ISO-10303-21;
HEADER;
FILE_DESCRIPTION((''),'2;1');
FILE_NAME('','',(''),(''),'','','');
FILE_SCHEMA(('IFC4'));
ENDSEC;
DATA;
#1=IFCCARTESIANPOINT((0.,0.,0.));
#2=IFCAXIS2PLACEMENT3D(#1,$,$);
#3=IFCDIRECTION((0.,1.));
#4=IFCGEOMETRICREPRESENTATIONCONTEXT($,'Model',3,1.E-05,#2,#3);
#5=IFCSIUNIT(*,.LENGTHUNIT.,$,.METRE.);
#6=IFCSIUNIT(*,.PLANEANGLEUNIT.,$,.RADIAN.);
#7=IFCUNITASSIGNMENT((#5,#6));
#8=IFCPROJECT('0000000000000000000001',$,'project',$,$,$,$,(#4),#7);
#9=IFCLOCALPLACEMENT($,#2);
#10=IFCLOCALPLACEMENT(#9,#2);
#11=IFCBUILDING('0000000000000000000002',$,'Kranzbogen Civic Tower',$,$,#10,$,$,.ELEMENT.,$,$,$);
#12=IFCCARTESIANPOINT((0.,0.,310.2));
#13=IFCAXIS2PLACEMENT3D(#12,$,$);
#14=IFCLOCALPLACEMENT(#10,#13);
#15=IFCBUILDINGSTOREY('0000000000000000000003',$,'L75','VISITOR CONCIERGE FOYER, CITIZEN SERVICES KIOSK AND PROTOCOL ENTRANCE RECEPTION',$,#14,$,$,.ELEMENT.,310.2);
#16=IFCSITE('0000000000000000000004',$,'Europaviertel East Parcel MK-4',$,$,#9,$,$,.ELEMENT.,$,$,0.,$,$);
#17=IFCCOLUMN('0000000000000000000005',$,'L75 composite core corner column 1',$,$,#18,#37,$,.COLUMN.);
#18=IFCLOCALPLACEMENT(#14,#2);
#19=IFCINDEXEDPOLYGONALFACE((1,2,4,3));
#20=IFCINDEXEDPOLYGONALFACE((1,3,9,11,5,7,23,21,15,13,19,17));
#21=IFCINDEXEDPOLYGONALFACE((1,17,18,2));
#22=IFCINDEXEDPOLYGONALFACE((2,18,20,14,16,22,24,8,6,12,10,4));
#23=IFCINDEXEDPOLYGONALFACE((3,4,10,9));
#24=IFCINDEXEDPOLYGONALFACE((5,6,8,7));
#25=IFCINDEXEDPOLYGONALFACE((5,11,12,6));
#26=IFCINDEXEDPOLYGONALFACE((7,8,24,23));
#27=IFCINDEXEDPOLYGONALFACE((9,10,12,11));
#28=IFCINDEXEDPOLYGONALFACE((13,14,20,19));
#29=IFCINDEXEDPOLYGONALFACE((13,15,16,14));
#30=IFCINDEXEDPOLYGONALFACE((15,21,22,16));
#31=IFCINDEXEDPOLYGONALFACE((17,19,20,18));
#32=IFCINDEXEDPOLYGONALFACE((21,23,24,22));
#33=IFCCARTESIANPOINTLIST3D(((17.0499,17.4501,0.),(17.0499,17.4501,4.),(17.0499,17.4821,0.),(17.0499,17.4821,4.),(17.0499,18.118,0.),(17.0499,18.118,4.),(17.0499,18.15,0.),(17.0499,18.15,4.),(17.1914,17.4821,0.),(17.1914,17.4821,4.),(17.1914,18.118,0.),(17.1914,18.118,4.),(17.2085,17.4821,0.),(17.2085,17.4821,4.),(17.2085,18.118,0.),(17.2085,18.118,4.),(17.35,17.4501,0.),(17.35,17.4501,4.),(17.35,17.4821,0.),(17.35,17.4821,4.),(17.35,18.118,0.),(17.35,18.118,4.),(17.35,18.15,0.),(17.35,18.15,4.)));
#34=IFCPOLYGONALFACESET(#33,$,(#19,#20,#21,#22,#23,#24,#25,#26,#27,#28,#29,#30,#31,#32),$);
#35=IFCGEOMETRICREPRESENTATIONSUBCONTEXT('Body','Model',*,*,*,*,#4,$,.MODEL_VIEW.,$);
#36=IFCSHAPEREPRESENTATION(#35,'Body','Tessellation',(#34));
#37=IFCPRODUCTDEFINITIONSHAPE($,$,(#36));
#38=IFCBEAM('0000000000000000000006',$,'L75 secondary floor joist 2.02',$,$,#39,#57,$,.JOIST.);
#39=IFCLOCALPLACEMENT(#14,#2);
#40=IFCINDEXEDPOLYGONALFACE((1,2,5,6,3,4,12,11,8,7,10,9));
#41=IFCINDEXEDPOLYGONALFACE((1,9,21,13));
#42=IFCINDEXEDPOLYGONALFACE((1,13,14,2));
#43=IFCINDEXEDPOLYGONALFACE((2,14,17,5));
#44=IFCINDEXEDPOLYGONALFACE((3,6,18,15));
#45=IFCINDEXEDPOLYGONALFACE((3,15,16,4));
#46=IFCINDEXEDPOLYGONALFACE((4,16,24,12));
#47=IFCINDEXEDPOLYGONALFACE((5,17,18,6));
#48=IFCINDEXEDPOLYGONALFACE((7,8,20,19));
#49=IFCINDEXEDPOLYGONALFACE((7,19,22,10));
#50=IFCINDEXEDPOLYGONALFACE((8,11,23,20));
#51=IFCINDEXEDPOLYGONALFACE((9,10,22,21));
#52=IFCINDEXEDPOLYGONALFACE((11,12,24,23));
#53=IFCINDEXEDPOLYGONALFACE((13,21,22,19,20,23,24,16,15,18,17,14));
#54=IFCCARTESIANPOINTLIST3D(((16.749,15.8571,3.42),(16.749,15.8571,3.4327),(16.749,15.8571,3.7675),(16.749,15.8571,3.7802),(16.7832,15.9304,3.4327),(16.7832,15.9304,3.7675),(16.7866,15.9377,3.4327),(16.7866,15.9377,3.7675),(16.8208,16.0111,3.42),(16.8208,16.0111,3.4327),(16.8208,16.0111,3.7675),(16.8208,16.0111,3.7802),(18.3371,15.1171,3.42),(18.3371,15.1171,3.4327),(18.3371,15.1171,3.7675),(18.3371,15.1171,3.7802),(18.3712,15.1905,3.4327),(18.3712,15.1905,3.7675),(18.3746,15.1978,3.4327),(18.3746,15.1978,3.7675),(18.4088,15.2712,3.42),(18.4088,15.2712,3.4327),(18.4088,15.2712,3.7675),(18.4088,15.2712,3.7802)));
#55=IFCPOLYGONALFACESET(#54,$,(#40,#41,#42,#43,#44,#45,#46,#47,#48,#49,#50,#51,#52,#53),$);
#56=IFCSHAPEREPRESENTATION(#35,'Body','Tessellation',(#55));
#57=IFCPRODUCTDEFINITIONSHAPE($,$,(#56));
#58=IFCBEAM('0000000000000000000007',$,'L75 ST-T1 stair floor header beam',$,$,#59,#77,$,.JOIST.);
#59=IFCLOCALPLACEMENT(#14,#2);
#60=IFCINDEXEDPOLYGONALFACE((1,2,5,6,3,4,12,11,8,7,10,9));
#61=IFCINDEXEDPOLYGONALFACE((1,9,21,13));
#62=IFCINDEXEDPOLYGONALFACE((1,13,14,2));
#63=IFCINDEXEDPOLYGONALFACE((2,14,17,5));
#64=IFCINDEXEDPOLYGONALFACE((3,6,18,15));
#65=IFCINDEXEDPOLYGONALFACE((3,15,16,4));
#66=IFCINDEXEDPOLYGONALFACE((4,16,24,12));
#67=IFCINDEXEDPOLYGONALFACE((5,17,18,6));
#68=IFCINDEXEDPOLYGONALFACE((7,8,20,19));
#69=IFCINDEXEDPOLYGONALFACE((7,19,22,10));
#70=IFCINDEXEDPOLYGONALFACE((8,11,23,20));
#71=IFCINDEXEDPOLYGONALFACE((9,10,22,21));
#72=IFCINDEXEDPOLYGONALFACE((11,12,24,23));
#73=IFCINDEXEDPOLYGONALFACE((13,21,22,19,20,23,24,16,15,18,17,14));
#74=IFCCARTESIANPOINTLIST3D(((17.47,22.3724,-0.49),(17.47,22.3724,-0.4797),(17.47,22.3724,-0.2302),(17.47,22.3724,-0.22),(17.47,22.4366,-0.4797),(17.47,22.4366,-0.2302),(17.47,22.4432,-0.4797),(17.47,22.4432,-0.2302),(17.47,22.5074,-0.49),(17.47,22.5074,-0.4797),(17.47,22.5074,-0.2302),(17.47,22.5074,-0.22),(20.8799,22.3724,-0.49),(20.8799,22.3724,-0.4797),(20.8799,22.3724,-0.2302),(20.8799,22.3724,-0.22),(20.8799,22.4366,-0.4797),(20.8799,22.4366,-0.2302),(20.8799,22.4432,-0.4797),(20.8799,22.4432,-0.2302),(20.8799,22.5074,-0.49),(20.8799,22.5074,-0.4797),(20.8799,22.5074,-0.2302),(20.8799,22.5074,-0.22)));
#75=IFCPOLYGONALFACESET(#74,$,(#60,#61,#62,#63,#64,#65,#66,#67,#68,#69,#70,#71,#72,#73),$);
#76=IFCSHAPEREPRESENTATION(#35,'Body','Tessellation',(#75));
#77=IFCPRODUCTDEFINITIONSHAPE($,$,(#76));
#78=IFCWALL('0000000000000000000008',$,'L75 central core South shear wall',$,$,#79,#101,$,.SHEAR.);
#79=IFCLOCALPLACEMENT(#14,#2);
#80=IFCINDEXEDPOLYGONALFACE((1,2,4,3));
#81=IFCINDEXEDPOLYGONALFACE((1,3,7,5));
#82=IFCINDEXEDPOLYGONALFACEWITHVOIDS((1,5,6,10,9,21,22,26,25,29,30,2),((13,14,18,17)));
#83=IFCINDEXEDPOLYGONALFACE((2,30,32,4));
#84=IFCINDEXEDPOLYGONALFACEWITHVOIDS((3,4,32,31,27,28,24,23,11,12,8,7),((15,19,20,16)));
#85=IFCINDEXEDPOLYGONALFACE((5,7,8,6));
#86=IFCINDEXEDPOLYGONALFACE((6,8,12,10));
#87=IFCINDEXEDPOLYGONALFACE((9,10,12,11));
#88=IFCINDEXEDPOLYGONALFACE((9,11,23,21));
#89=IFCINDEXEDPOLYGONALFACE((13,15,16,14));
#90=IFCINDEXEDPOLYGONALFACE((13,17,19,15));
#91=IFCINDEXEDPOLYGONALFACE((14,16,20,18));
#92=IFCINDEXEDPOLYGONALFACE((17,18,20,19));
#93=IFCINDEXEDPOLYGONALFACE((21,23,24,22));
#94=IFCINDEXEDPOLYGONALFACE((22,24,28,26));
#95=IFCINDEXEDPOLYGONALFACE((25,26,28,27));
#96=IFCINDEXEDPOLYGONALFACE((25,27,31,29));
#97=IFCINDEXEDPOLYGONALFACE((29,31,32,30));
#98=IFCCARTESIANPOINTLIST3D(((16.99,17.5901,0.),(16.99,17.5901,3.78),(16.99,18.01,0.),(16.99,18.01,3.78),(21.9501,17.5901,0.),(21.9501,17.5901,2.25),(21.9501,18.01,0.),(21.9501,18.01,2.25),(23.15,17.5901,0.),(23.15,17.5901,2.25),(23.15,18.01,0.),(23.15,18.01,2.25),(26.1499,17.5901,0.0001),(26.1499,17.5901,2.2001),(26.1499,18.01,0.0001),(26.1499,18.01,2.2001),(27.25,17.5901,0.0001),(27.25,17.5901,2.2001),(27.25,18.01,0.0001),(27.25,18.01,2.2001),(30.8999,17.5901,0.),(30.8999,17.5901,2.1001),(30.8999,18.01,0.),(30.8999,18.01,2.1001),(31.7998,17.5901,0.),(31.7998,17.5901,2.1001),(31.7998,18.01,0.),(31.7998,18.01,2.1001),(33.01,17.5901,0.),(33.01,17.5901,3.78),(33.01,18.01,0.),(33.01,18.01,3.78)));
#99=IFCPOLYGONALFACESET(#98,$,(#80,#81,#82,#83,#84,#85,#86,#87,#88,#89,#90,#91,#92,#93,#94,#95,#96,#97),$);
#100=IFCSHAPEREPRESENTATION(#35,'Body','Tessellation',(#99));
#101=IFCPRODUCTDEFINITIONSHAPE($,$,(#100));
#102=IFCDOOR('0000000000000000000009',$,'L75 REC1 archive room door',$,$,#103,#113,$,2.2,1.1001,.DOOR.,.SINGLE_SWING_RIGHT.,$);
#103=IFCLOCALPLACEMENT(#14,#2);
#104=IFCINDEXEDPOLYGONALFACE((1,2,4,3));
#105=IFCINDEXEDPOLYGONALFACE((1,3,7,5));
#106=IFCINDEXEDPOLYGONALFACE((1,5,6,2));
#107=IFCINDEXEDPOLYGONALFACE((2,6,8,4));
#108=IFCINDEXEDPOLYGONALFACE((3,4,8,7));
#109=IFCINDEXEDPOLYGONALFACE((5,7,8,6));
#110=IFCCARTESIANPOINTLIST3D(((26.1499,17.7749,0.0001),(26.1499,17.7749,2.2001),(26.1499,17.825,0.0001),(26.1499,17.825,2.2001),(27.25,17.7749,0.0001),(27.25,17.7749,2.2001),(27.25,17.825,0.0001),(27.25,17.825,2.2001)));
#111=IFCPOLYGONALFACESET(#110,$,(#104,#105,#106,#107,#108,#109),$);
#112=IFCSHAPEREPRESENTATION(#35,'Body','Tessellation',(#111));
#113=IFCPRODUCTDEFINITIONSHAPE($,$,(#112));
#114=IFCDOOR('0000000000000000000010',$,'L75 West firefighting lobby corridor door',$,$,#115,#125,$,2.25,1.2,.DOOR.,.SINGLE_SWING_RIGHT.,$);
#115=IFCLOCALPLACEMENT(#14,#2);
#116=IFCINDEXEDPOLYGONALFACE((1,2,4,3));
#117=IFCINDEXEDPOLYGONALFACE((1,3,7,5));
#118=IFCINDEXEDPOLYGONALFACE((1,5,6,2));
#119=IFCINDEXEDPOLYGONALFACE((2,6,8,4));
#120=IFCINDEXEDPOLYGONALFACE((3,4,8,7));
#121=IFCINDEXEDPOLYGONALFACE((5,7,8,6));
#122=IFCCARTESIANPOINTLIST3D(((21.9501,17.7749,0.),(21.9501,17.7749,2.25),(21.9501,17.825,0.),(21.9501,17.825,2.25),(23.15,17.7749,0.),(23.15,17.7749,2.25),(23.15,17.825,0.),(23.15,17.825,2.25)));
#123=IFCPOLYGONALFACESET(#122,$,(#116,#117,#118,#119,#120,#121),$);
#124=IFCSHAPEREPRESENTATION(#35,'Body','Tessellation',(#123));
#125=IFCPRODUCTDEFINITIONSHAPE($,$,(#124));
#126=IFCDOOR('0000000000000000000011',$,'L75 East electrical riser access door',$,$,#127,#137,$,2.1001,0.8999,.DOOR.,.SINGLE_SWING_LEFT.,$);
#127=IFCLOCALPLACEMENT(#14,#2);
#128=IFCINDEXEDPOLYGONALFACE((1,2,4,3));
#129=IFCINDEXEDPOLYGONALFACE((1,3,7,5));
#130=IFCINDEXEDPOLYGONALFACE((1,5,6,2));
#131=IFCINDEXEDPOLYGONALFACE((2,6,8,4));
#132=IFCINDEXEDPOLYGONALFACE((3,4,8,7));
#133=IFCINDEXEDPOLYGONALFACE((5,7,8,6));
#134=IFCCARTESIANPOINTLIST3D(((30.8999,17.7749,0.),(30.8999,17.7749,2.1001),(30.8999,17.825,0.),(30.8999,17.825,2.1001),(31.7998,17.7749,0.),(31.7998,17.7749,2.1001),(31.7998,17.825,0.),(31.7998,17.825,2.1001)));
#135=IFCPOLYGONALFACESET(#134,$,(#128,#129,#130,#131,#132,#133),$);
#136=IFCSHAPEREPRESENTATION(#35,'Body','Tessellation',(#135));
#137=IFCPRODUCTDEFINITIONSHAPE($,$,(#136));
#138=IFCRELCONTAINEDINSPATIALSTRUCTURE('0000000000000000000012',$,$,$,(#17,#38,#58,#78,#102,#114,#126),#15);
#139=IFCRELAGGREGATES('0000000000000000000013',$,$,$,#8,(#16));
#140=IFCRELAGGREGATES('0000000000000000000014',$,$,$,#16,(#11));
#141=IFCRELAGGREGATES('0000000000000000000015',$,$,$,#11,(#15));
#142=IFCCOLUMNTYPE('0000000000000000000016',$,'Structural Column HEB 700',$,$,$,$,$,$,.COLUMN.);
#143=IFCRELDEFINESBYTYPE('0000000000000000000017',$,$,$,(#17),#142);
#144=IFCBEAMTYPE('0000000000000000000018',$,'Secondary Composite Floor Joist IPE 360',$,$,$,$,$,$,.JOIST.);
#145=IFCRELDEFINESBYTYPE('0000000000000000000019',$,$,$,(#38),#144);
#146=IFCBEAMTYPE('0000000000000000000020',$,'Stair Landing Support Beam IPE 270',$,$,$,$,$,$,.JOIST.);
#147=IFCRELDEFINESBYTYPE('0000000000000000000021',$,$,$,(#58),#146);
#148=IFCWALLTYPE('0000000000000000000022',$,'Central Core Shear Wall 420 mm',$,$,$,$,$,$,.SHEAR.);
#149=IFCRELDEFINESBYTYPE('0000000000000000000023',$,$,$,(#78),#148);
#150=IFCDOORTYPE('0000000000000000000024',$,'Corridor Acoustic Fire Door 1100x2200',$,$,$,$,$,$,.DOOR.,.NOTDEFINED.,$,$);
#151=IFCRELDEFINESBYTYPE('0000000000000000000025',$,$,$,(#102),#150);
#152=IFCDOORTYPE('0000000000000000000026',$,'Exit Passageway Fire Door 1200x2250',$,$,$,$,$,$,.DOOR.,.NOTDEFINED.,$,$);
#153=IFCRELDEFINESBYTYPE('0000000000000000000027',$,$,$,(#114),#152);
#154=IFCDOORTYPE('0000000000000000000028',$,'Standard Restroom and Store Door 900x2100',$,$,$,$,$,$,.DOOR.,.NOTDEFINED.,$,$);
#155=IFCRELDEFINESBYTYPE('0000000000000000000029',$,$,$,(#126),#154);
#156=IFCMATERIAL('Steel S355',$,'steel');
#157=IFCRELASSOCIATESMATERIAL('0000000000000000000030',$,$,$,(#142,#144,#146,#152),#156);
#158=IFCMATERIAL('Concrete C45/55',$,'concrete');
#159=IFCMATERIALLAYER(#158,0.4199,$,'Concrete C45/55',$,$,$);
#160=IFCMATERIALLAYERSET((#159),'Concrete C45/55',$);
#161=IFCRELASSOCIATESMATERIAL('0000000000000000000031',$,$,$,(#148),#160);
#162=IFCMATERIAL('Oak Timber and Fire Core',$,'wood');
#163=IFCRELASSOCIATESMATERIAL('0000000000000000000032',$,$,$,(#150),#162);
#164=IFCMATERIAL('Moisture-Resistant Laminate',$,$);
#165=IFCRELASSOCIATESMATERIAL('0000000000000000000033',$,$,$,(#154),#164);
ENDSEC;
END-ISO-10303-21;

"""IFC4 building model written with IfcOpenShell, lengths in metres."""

from ifc_helpers import new_model, si_unit, direction, frame, frame_2d, origin, origin_2d, place, context, subcontext, project, spatial, rectangle, i_section, extrude, material, layer, layer_set, material_profile, profile_set, type_object, element, fill, save


model = new_model("IFC4")

# Units and contexts
model_context = context("Model", 3, precision=1e-05, world=origin(), true_north=direction((0.0, 1.0)))
body_context = subcontext(model_context, "Body", "Model", "MODEL_VIEW")
ifc_project = project(units=[si_unit("LENGTHUNIT", "METRE"), si_unit("PLANEANGLEUNIT", "RADIAN")], contexts=[model_context])

# Site, building, storey
site_placement = place(None, origin())
site = spatial("IfcSite", under=ifc_project, at=site_placement, Name="Europaviertel East Parcel MK-4", CompositionType="ELEMENT", RefElevation=0.0)
building_placement = place(site_placement, origin())
building = spatial("IfcBuilding", under=site, at=building_placement, Name="Kranzbogen Civic Tower", CompositionType="ELEMENT")
storey_placement = place(building_placement, frame((0.0, 0.0, 310.2)))
storey = spatial("IfcBuildingStorey", under=building, at=storey_placement, Name="L75", Description="VISITOR CONCIERGE FOYER, CITIZEN SERVICES KIOSK AND PROTOCOL ENTRANCE RECEPTION", CompositionType="ELEMENT", Elevation=310.2)

# Column
ifc_material_1 = material(Name="Steel S355", Category="steel")
ifc_material_profile_1 = material_profile(ifc_material_1, i_section(OverallWidth=0.3, OverallDepth=0.7, WebThickness=0.0171, FlangeThickness=0.032, at=origin_2d()), Name="HEB 700")
ifc_profile_set_1 = profile_set([ifc_material_profile_1], Name="Steel S355")
column_type = type_object("IfcColumnType", Name="Structural Column HEB 700", PredefinedType="COLUMN", material=ifc_profile_set_1)
column_placement = place(storey_placement, frame((17.2, 17.8, 0.0), z_axis=(0.0, 0.0, 1.0), x_axis=(1.0, 0.0, 0.0)))
element("IfcColumn", 1, at=column_placement, inside=storey, type_object=column_type, Name="L75 composite core corner column 1", PredefinedType="COLUMN", context=body_context, shape_type="SweptSolid", body=[
    extrude(i_section(OverallWidth=0.3, OverallDepth=0.7, WebThickness=0.0171, FlangeThickness=0.032, at=origin_2d()), origin(), (0.0, 0.0, 1.0), 4.0),
])

# Beams
ifc_material_profile_2 = material_profile(ifc_material_1, i_section(OverallWidth=0.1699, OverallDepth=0.3601, WebThickness=0.0081, FlangeThickness=0.0127, at=origin_2d()), Name="IPE 360")
ifc_profile_set_2 = profile_set([ifc_material_profile_2], Name="Steel S355")
beam_type_1 = type_object("IfcBeamType", Name="Secondary Composite Floor Joist IPE 360", PredefinedType="JOIST", material=ifc_profile_set_2)
beam_1_placement = place(storey_placement, frame((16.7849, 15.9341, 3.6001), z_axis=(0.906432, -0.422351, 0.0), x_axis=(0.422351, 0.906432, 0.0)))
element("IfcBeam", 2, at=beam_1_placement, inside=storey, type_object=beam_type_1, Name="L75 secondary floor joist 2.02", PredefinedType="JOIST", context=body_context, shape_type="SweptSolid", body=[
    extrude(i_section(OverallWidth=0.1699, OverallDepth=0.3601, WebThickness=0.0081, FlangeThickness=0.0127, at=origin_2d()), origin(), (0.0, 0.0, 1.0), 1.752),
])
ifc_material_profile_3 = material_profile(ifc_material_1, i_section(OverallWidth=0.135, OverallDepth=0.27, WebThickness=0.0066, FlangeThickness=0.0103, at=origin_2d()), Name="IPE 270")
ifc_profile_set_3 = profile_set([ifc_material_profile_3], Name="Steel S355")
beam_type_2 = type_object("IfcBeamType", Name="Stair Landing Support Beam IPE 270", PredefinedType="JOIST", material=ifc_profile_set_3)
beam_2_placement = place(storey_placement, frame((20.8799, 22.4399, -0.355), z_axis=(-1.0, 0.0, 0.0), x_axis=(0.0, -1.0, 0.0)))
element("IfcBeam", 3, at=beam_2_placement, inside=storey, type_object=beam_type_2, Name="L75 ST-T1 stair floor header beam", PredefinedType="JOIST", context=body_context, shape_type="SweptSolid", body=[
    extrude(i_section(OverallWidth=0.135, OverallDepth=0.27, WebThickness=0.0066, FlangeThickness=0.0103, at=origin_2d()), origin(), (0.0, 0.0, 1.0), 3.4099),
])

# Wall, openings, doors
ifc_material_2 = material(Name="Concrete C45/55", Category="concrete")
ifc_layer_1 = layer(ifc_material_2, 0.4199, Name="Concrete C45/55")
ifc_layer_set_1 = layer_set([ifc_layer_1], Name="Concrete C45/55")
wall_type_1 = type_object("IfcWallType", Name="Central Core Shear Wall 420 mm", PredefinedType="SHEAR", material=ifc_layer_set_1)
wall_1_placement = place(storey_placement, frame((16.99, 17.8, 0.0), z_axis=(0.0, 0.0, 1.0), x_axis=(1.0, 0.0, 0.0)))
wall_1 = element("IfcWall", 4, at=wall_1_placement, inside=storey, type_object=wall_type_1, Name="L75 central core South shear wall", PredefinedType="SHEAR", context=body_context, shape_type="SweptSolid", body=[
    extrude(rectangle(XDim=16.02, YDim=0.4199, at=frame_2d((8.01, 0.0))), origin(), (0.0, 0.0, 1.0), 3.78),
])
opening_1_placement = place(wall_1_placement, frame((4.96, 0.0, 0.0)))
opening_1 = element("IfcOpeningElement", 5, at=opening_1_placement, cuts=wall_1, PredefinedType="OPENING", context=body_context, shape_type="SweptSolid", body=[
    extrude(rectangle(XDim=1.2, YDim=2.25, at=frame_2d((0.6001, 1.125))), frame((0.0, 0.22, 0.0), z_axis=(0.0, -1.0, 0.0), x_axis=(1.0, 0.0, 0.0)), (0.0, 0.0, 1.0), 0.4399),
])
opening_2_placement = place(wall_1_placement, frame((13.9099, 0.0, 0.0)))
opening_2 = element("IfcOpeningElement", 6, at=opening_2_placement, cuts=wall_1, PredefinedType="OPENING", context=body_context, shape_type="SweptSolid", body=[
    extrude(rectangle(XDim=0.8999, YDim=2.1001, at=frame_2d((0.45, 1.05))), frame((0.0, 0.22, 0.0), z_axis=(0.0, -1.0, 0.0), x_axis=(1.0, 0.0, 0.0)), (0.0, 0.0, 1.0), 0.4399),
])
opening_3_placement = place(wall_1_placement, frame((9.1599, 0.0, 0.0)))
opening_3 = element("IfcOpeningElement", 7, at=opening_3_placement, cuts=wall_1, PredefinedType="OPENING", context=body_context, shape_type="SweptSolid", body=[
    extrude(rectangle(XDim=1.1001, YDim=2.2, at=frame_2d((0.55, 1.1001))), frame((0.0, 0.22, 0.0), z_axis=(0.0, -1.0, 0.0), x_axis=(1.0, 0.0, 0.0)), (0.0, 0.0, 1.0), 0.4399),
])
ifc_material_3 = material(Name="Oak Timber and Fire Core", Category="wood")
door_type_1 = type_object("IfcDoorType", Name="Corridor Acoustic Fire Door 1100x2200", OperationType="NOTDEFINED", PredefinedType="DOOR", material=ifc_material_3)
door_1_placement = place(opening_3_placement, origin())
door_1 = element("IfcDoor", 8, at=door_1_placement, inside=storey, type_object=door_type_1, Name="L75 REC1 archive room door", OperationType="SINGLE_SWING_RIGHT", OverallHeight=2.2, OverallWidth=1.1001, PredefinedType="DOOR", context=body_context, shape_type="SweptSolid", body=[
    extrude(rectangle(XDim=1.1001, YDim=2.2, at=frame_2d((0.55, 1.1001))), frame((0.0, 0.0249, 0.0), z_axis=(0.0, -1.0, 0.0), x_axis=(1.0, 0.0, 0.0)), (0.0, 0.0, 1.0), 0.05),
])
fill(opening_3, door_1)
door_type_2 = type_object("IfcDoorType", Name="Exit Passageway Fire Door 1200x2250", OperationType="NOTDEFINED", PredefinedType="DOOR", material=ifc_material_1)
door_2_placement = place(opening_1_placement, origin())
door_2 = element("IfcDoor", 9, at=door_2_placement, inside=storey, type_object=door_type_2, Name="L75 West firefighting lobby corridor door", OperationType="SINGLE_SWING_RIGHT", OverallHeight=2.25, OverallWidth=1.2, PredefinedType="DOOR", context=body_context, shape_type="SweptSolid", body=[
    extrude(rectangle(XDim=1.2, YDim=2.25, at=frame_2d((0.6001, 1.125))), frame((0.0, 0.0249, 0.0), z_axis=(0.0, -1.0, 0.0), x_axis=(1.0, 0.0, 0.0)), (0.0, 0.0, 1.0), 0.05),
])
fill(opening_1, door_2)
ifc_material_4 = material(Name="Moisture-Resistant Laminate")
door_type_3 = type_object("IfcDoorType", Name="Standard Restroom and Store Door 900x2100", OperationType="NOTDEFINED", PredefinedType="DOOR", material=ifc_material_4)
door_3_placement = place(opening_2_placement, origin())
door_3 = element("IfcDoor", 10, at=door_3_placement, inside=storey, type_object=door_type_3, Name="L75 East electrical riser access door", OperationType="SINGLE_SWING_LEFT", OverallHeight=2.1001, OverallWidth=0.8999, PredefinedType="DOOR", context=body_context, shape_type="SweptSolid", body=[
    extrude(rectangle(XDim=0.8999, YDim=2.1001, at=frame_2d((0.45, 1.05))), frame((0.0, 0.0249, 0.0), z_axis=(0.0, -1.0, 0.0), x_axis=(1.0, 0.0, 0.0)), (0.0, 0.0, 1.0), 0.05),
])
fill(opening_2, door_3)

save(model, "model.ifc")
